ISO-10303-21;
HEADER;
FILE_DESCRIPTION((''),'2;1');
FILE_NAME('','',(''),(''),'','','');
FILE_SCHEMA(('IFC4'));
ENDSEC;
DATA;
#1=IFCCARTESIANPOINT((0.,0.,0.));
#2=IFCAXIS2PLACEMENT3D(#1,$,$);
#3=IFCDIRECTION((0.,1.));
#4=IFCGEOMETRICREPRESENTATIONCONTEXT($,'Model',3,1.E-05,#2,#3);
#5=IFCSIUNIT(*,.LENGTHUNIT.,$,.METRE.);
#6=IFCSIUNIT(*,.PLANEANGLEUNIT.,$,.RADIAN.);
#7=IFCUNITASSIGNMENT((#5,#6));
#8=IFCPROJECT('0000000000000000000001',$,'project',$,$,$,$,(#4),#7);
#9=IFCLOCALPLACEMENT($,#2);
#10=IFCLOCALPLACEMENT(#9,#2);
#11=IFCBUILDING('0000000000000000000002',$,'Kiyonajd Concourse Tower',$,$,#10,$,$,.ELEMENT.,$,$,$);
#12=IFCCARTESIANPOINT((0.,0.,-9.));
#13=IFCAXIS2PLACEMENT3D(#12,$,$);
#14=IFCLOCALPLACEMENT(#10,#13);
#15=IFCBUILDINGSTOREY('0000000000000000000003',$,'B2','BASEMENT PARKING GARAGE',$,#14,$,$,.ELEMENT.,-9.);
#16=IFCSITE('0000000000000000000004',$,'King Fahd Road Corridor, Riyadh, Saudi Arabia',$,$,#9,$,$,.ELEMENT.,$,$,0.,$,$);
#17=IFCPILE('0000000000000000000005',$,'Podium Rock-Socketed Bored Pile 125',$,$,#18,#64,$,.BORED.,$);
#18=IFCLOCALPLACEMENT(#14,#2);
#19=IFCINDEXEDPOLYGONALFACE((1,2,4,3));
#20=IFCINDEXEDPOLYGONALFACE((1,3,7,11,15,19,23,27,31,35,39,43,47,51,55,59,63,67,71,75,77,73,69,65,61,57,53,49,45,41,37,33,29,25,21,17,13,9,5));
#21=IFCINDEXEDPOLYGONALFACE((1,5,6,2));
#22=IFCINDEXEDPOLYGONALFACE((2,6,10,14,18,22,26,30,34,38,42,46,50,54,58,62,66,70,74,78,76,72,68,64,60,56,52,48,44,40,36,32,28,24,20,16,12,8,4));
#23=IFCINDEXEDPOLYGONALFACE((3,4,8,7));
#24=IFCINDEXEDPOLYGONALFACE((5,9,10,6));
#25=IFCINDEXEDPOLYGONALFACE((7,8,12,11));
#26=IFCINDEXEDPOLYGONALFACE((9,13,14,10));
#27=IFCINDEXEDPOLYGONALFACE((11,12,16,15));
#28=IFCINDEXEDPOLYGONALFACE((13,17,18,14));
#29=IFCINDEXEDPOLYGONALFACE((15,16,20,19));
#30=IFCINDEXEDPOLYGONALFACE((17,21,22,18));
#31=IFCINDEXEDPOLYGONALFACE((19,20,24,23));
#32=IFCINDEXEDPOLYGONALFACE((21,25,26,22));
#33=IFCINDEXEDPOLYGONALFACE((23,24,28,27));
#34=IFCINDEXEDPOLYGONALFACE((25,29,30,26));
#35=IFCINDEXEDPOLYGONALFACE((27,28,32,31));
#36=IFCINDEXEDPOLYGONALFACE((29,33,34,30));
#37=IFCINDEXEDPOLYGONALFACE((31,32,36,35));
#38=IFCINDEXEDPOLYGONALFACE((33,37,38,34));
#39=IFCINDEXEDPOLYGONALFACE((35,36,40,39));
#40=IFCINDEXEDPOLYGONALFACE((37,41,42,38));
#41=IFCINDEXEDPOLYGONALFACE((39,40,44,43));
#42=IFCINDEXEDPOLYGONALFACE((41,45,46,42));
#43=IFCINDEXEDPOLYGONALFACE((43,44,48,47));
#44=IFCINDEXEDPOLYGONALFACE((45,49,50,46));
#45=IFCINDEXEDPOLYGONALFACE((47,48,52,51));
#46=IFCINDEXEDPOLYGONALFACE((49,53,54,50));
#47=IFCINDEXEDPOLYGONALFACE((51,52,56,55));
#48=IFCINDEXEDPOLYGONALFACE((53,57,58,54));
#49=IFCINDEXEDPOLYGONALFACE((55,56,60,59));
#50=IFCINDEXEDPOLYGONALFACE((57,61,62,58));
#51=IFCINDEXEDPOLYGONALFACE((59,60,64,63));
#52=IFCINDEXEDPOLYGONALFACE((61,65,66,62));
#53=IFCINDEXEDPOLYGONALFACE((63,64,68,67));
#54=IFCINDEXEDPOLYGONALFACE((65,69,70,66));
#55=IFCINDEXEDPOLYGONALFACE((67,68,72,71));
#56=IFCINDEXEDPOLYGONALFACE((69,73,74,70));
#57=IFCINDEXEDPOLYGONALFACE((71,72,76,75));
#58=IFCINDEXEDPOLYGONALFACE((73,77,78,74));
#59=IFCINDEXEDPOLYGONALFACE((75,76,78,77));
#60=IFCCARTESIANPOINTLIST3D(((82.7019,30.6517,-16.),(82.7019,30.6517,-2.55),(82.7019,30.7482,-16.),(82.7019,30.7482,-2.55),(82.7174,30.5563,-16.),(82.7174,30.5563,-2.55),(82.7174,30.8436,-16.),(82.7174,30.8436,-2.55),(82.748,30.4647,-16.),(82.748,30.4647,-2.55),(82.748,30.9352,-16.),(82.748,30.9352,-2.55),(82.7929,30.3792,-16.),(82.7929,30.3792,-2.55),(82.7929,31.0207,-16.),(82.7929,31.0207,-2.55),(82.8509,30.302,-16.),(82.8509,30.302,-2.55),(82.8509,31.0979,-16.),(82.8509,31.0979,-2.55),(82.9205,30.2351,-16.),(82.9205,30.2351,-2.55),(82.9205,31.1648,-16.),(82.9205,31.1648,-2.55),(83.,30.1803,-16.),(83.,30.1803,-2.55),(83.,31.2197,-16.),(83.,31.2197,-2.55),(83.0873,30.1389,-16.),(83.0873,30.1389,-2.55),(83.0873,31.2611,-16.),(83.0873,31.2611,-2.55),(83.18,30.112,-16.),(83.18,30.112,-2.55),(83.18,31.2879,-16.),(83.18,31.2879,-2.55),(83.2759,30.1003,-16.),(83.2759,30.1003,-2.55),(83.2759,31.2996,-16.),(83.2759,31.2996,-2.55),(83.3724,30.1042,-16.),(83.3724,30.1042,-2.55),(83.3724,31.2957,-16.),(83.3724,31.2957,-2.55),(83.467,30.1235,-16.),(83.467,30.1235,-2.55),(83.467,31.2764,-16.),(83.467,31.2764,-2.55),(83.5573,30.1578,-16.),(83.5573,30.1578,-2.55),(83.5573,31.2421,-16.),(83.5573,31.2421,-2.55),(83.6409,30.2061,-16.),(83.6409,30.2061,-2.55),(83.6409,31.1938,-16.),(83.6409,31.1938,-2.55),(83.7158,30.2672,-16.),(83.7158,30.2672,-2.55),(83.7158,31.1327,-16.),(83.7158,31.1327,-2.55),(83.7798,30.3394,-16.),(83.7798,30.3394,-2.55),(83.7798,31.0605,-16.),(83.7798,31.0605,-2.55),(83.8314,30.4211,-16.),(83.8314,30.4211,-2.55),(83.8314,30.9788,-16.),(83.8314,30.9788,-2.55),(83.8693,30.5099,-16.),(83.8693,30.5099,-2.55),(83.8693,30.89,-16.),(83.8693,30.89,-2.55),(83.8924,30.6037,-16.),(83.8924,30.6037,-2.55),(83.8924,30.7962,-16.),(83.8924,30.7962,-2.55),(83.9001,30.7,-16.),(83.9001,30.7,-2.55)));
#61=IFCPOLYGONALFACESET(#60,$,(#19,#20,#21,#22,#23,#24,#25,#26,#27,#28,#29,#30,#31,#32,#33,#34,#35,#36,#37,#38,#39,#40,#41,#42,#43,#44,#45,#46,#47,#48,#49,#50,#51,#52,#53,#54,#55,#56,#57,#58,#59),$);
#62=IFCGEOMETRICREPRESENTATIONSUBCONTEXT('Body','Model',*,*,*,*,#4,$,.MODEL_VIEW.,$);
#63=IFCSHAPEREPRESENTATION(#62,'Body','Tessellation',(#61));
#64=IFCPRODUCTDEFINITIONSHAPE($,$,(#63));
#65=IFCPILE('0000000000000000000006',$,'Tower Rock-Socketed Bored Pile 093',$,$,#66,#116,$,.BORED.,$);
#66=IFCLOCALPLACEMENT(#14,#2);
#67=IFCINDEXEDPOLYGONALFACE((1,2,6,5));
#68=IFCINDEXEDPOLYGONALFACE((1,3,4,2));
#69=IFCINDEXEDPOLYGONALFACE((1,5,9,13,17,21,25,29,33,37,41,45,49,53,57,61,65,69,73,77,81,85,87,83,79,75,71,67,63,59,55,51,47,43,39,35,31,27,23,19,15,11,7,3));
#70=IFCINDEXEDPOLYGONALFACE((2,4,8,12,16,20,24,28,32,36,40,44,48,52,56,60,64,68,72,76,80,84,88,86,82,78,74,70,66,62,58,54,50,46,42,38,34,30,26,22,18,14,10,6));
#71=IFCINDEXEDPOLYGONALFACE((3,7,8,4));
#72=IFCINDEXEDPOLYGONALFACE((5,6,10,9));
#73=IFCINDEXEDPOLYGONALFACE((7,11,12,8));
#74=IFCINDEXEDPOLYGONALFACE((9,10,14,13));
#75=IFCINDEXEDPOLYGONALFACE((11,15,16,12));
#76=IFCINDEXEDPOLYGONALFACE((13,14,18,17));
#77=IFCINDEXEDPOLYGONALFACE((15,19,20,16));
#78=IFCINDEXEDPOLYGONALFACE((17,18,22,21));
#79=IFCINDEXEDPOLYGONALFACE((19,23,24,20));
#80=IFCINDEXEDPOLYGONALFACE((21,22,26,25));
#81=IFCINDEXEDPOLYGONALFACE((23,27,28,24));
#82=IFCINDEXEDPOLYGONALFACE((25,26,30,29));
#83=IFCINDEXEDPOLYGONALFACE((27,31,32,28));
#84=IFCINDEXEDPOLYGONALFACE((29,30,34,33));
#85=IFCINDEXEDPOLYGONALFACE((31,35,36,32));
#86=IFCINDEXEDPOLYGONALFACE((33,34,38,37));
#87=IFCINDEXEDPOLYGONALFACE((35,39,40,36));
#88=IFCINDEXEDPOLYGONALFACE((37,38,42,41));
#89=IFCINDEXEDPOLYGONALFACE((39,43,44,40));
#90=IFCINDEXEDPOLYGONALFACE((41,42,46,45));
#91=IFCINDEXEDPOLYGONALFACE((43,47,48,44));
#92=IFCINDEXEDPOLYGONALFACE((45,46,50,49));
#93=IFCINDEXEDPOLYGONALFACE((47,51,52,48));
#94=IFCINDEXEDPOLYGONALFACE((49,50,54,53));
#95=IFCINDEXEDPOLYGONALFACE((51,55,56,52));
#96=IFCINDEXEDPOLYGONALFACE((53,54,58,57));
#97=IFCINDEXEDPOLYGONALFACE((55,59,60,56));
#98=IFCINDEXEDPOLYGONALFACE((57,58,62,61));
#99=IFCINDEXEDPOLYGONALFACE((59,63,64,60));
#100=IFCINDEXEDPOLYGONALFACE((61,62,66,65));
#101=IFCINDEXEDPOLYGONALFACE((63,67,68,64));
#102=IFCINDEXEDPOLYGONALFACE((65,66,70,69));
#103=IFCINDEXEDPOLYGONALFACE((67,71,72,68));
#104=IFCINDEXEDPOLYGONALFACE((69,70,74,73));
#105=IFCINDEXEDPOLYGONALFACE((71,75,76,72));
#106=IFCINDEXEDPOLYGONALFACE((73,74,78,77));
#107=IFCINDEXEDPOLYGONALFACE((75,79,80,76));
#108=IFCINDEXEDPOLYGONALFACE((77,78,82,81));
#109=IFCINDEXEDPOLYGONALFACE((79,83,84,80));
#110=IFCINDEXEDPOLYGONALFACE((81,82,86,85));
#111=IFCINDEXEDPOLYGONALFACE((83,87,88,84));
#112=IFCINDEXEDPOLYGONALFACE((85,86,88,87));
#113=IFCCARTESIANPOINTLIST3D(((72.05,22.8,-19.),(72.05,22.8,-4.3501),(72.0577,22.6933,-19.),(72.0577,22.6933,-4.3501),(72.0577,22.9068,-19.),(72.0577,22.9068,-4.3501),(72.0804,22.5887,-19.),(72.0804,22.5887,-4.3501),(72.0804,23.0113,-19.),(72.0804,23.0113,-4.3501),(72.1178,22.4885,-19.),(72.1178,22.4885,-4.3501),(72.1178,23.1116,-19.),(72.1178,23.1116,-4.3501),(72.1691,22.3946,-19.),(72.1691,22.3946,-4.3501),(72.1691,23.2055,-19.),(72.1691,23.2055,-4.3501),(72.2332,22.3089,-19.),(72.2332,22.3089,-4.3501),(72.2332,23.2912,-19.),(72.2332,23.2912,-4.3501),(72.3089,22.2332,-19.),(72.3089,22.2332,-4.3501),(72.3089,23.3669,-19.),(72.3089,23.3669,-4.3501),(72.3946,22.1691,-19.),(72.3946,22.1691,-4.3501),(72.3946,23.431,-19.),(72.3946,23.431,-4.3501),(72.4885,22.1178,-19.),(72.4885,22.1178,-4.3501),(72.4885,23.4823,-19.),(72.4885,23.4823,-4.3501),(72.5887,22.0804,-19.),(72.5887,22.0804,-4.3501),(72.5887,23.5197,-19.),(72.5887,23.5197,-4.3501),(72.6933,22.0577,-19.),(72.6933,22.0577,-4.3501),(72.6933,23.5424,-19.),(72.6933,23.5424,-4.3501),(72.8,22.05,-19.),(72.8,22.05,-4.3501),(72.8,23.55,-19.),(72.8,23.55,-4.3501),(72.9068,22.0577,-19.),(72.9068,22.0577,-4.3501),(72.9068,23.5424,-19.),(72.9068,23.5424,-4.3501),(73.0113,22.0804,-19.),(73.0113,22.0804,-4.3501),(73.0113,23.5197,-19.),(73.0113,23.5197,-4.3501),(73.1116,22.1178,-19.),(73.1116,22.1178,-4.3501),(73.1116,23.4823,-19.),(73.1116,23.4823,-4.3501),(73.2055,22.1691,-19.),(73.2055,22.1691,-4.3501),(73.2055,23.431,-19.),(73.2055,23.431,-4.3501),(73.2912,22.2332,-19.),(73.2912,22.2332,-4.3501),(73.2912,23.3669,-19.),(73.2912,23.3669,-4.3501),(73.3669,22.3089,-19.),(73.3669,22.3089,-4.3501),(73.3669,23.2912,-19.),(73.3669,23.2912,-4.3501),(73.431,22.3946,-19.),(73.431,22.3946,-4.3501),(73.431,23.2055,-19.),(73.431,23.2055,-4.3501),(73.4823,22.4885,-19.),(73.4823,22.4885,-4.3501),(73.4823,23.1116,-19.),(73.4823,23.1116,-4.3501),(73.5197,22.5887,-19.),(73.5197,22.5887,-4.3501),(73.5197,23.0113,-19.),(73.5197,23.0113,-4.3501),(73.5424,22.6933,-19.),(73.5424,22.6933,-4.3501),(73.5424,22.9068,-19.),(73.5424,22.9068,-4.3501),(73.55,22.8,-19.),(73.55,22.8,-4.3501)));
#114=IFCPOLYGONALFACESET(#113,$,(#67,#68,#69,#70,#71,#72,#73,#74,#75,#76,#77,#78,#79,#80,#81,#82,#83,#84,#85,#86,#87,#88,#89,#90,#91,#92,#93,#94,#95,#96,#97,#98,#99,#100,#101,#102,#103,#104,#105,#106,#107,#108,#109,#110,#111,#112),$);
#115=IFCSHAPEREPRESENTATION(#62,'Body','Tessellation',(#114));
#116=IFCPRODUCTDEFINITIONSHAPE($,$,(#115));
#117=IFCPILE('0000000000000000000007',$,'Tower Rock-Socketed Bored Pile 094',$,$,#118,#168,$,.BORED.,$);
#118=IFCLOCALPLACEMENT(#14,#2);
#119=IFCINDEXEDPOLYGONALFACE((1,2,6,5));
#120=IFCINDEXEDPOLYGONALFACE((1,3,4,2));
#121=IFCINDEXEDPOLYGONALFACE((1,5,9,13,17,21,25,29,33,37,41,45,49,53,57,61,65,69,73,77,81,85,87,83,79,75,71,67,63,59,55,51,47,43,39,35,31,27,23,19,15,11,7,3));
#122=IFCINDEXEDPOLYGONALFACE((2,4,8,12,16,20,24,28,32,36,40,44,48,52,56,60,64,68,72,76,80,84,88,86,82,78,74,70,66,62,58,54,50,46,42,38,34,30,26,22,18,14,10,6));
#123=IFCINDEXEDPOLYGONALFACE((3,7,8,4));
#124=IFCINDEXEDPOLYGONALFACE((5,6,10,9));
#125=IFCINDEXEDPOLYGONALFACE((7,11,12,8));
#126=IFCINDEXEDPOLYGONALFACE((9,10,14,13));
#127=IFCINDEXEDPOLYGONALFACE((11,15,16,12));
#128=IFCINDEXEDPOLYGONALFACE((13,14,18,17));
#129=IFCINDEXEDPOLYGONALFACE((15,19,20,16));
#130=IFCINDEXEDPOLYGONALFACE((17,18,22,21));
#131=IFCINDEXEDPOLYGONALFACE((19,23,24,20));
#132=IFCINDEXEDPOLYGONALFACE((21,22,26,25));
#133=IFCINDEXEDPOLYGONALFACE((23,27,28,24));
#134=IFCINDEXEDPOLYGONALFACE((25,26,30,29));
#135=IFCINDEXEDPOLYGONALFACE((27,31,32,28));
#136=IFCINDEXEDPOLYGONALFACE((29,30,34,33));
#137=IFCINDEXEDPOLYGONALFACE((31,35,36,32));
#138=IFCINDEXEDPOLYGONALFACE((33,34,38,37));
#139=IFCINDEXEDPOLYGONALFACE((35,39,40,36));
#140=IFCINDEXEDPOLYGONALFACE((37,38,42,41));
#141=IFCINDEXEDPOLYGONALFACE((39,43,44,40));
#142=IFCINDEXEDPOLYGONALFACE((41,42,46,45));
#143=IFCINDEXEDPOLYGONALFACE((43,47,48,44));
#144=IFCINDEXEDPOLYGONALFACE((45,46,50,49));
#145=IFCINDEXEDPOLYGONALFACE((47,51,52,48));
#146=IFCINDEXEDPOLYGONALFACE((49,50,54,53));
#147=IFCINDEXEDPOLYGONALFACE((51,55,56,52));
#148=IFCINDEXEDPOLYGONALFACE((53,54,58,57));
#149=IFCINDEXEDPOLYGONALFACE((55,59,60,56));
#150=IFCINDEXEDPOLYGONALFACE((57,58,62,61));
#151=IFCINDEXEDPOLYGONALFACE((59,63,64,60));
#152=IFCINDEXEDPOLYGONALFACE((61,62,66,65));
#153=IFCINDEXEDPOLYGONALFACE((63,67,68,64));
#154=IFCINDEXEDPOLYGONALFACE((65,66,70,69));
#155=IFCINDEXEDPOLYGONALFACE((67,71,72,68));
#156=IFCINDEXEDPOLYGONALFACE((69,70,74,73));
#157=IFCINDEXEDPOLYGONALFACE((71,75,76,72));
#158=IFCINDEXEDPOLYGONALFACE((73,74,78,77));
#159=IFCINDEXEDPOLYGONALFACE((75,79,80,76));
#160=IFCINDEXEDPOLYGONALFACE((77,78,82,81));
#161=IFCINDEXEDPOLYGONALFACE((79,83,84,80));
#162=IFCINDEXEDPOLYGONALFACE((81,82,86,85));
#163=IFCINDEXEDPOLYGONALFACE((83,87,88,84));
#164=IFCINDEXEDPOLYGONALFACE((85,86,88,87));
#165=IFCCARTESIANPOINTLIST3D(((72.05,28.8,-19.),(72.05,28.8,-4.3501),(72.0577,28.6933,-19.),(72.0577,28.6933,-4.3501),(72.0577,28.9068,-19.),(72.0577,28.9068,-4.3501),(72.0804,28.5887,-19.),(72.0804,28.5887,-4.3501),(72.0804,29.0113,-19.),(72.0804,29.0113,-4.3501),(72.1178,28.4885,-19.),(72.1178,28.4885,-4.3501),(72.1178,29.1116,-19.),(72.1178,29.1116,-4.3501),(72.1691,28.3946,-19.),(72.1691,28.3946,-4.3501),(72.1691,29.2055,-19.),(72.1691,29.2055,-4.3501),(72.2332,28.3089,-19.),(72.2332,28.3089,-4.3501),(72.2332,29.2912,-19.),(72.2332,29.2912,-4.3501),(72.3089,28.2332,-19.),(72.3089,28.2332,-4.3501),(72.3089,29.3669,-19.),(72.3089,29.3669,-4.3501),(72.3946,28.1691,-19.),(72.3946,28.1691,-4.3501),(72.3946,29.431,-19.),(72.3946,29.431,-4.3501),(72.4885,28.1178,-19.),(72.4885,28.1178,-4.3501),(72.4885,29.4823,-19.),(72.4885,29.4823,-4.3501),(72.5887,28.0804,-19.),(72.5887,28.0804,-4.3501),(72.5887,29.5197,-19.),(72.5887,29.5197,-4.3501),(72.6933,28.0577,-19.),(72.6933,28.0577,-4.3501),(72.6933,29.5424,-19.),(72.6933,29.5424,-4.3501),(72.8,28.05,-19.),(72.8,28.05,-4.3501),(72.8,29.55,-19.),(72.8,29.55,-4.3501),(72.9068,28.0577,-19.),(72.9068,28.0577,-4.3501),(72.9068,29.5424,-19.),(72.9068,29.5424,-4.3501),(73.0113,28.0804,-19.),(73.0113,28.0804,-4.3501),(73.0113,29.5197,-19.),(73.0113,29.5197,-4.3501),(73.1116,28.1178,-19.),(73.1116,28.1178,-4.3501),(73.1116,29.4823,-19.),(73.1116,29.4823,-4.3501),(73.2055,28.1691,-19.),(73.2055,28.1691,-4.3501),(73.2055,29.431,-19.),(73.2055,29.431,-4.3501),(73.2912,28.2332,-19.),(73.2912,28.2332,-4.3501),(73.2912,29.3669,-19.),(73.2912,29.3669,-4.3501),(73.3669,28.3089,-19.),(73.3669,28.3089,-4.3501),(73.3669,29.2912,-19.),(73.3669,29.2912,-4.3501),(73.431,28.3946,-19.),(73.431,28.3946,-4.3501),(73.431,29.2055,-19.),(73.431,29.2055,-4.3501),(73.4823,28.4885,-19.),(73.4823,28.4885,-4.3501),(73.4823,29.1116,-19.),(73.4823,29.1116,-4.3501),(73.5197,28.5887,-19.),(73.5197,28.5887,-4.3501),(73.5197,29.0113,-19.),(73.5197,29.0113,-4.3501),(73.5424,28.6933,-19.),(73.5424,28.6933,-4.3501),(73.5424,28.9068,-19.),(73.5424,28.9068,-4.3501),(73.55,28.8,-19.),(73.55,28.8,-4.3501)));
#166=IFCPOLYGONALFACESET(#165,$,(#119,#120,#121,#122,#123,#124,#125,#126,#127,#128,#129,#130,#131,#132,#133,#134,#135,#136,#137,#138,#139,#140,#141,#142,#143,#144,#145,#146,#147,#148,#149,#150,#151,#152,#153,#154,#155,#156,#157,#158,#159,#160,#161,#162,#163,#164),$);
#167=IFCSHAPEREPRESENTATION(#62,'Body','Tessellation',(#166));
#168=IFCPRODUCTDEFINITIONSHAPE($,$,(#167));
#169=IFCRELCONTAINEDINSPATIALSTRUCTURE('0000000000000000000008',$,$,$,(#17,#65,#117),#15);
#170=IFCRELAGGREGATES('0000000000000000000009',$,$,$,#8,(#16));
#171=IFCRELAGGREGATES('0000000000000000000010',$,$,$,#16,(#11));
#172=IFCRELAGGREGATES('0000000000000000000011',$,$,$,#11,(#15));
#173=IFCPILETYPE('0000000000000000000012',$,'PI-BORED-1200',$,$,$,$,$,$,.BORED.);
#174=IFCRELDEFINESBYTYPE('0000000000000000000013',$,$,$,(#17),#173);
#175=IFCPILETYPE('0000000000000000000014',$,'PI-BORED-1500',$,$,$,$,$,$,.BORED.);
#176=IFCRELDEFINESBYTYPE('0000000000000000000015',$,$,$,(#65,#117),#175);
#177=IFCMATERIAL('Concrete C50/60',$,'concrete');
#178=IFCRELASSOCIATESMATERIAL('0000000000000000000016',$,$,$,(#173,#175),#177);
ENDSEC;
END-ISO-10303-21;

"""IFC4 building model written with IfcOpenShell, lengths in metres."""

from ifc_helpers import new_model, si_unit, direction, frame, origin, origin_2d, place, context, subcontext, project, spatial, circle, extrude, material, material_profile, profile_set, type_object, element, save


model = new_model("IFC4")

# Units and contexts
model_context = context("Model", 3, precision=1e-05, world=origin(), true_north=direction((0.0, 1.0)))
body_context = subcontext(model_context, "Body", "Model", "MODEL_VIEW")
ifc_project = project(units=[si_unit("LENGTHUNIT", "METRE"), si_unit("PLANEANGLEUNIT", "RADIAN")], contexts=[model_context])

# Site, building, storey
site_placement = place(None, origin())
site = spatial("IfcSite", under=ifc_project, at=site_placement, Name="King Fahd Road Corridor, Riyadh, Saudi Arabia", CompositionType="ELEMENT", RefElevation=0.0)
building_placement = place(site_placement, origin())
building = spatial("IfcBuilding", under=site, at=building_placement, Name="Kiyonajd Concourse Tower", CompositionType="ELEMENT")
storey_placement = place(building_placement, frame((0.0, 0.0, -9.0)))
storey = spatial("IfcBuildingStorey", under=building, at=storey_placement, Name="B2", Description="BASEMENT PARKING GARAGE", CompositionType="ELEMENT", Elevation=-9.0)

# Piles
ifc_material_1 = material(Name="Concrete C50/60", Category="concrete")
ifc_material_profile_1 = material_profile(ifc_material_1, circle(Radius=0.6001, at=origin_2d()), Name="PILE-D1200")
ifc_profile_set_1 = profile_set([ifc_material_profile_1], Name="Concrete C50/60")
pile_type_1 = type_object("IfcPileType", Name="PI-BORED-1200", PredefinedType="BORED", material=ifc_profile_set_1)
pile_placement = place(storey_placement, frame((83.3, 30.7, -2.55), z_axis=(0.0, 0.0, -1.0), x_axis=(1.0, 0.0, 0.0)))
element("IfcPile", 1, at=pile_placement, inside=storey, type_object=pile_type_1, Name="Podium Rock-Socketed Bored Pile 125", PredefinedType="BORED", context=body_context, shape_type="SweptSolid", body=[
    extrude(circle(Radius=0.6001, at=origin_2d()), origin(), (0.0, 0.0, 1.0), 13.45),
])
ifc_material_profile_2 = material_profile(ifc_material_1, circle(Radius=0.75, at=origin_2d()), Name="PILE-D1500")
ifc_profile_set_2 = profile_set([ifc_material_profile_2], Name="Concrete C50/60")
pile_type_2 = type_object("IfcPileType", Name="PI-BORED-1500", PredefinedType="BORED", material=ifc_profile_set_2)
for number, where, z_axis, x_axis, name in (
    (2, (72.8, 22.8, -4.3501), (0.0, 0.0, -1.0), (1.0, 0.0, 0.0), "Tower Rock-Socketed Bored Pile 093"),
    (3, (72.8, 28.8, -4.3501), (0.0, 0.0, -1.0), (1.0, 0.0, 0.0), "Tower Rock-Socketed Bored Pile 094"),
):
    element("IfcPile", number, at=place(storey_placement, frame(where, z_axis=z_axis, x_axis=x_axis)), inside=storey, type_object=pile_type_2, Name=name, PredefinedType="BORED", context=body_context, shape_type="SweptSolid", body=[
        extrude(circle(Radius=0.75, at=origin_2d()), origin(), (0.0, 0.0, 1.0), 14.6499),
    ])

save(model, "model.ifc")
